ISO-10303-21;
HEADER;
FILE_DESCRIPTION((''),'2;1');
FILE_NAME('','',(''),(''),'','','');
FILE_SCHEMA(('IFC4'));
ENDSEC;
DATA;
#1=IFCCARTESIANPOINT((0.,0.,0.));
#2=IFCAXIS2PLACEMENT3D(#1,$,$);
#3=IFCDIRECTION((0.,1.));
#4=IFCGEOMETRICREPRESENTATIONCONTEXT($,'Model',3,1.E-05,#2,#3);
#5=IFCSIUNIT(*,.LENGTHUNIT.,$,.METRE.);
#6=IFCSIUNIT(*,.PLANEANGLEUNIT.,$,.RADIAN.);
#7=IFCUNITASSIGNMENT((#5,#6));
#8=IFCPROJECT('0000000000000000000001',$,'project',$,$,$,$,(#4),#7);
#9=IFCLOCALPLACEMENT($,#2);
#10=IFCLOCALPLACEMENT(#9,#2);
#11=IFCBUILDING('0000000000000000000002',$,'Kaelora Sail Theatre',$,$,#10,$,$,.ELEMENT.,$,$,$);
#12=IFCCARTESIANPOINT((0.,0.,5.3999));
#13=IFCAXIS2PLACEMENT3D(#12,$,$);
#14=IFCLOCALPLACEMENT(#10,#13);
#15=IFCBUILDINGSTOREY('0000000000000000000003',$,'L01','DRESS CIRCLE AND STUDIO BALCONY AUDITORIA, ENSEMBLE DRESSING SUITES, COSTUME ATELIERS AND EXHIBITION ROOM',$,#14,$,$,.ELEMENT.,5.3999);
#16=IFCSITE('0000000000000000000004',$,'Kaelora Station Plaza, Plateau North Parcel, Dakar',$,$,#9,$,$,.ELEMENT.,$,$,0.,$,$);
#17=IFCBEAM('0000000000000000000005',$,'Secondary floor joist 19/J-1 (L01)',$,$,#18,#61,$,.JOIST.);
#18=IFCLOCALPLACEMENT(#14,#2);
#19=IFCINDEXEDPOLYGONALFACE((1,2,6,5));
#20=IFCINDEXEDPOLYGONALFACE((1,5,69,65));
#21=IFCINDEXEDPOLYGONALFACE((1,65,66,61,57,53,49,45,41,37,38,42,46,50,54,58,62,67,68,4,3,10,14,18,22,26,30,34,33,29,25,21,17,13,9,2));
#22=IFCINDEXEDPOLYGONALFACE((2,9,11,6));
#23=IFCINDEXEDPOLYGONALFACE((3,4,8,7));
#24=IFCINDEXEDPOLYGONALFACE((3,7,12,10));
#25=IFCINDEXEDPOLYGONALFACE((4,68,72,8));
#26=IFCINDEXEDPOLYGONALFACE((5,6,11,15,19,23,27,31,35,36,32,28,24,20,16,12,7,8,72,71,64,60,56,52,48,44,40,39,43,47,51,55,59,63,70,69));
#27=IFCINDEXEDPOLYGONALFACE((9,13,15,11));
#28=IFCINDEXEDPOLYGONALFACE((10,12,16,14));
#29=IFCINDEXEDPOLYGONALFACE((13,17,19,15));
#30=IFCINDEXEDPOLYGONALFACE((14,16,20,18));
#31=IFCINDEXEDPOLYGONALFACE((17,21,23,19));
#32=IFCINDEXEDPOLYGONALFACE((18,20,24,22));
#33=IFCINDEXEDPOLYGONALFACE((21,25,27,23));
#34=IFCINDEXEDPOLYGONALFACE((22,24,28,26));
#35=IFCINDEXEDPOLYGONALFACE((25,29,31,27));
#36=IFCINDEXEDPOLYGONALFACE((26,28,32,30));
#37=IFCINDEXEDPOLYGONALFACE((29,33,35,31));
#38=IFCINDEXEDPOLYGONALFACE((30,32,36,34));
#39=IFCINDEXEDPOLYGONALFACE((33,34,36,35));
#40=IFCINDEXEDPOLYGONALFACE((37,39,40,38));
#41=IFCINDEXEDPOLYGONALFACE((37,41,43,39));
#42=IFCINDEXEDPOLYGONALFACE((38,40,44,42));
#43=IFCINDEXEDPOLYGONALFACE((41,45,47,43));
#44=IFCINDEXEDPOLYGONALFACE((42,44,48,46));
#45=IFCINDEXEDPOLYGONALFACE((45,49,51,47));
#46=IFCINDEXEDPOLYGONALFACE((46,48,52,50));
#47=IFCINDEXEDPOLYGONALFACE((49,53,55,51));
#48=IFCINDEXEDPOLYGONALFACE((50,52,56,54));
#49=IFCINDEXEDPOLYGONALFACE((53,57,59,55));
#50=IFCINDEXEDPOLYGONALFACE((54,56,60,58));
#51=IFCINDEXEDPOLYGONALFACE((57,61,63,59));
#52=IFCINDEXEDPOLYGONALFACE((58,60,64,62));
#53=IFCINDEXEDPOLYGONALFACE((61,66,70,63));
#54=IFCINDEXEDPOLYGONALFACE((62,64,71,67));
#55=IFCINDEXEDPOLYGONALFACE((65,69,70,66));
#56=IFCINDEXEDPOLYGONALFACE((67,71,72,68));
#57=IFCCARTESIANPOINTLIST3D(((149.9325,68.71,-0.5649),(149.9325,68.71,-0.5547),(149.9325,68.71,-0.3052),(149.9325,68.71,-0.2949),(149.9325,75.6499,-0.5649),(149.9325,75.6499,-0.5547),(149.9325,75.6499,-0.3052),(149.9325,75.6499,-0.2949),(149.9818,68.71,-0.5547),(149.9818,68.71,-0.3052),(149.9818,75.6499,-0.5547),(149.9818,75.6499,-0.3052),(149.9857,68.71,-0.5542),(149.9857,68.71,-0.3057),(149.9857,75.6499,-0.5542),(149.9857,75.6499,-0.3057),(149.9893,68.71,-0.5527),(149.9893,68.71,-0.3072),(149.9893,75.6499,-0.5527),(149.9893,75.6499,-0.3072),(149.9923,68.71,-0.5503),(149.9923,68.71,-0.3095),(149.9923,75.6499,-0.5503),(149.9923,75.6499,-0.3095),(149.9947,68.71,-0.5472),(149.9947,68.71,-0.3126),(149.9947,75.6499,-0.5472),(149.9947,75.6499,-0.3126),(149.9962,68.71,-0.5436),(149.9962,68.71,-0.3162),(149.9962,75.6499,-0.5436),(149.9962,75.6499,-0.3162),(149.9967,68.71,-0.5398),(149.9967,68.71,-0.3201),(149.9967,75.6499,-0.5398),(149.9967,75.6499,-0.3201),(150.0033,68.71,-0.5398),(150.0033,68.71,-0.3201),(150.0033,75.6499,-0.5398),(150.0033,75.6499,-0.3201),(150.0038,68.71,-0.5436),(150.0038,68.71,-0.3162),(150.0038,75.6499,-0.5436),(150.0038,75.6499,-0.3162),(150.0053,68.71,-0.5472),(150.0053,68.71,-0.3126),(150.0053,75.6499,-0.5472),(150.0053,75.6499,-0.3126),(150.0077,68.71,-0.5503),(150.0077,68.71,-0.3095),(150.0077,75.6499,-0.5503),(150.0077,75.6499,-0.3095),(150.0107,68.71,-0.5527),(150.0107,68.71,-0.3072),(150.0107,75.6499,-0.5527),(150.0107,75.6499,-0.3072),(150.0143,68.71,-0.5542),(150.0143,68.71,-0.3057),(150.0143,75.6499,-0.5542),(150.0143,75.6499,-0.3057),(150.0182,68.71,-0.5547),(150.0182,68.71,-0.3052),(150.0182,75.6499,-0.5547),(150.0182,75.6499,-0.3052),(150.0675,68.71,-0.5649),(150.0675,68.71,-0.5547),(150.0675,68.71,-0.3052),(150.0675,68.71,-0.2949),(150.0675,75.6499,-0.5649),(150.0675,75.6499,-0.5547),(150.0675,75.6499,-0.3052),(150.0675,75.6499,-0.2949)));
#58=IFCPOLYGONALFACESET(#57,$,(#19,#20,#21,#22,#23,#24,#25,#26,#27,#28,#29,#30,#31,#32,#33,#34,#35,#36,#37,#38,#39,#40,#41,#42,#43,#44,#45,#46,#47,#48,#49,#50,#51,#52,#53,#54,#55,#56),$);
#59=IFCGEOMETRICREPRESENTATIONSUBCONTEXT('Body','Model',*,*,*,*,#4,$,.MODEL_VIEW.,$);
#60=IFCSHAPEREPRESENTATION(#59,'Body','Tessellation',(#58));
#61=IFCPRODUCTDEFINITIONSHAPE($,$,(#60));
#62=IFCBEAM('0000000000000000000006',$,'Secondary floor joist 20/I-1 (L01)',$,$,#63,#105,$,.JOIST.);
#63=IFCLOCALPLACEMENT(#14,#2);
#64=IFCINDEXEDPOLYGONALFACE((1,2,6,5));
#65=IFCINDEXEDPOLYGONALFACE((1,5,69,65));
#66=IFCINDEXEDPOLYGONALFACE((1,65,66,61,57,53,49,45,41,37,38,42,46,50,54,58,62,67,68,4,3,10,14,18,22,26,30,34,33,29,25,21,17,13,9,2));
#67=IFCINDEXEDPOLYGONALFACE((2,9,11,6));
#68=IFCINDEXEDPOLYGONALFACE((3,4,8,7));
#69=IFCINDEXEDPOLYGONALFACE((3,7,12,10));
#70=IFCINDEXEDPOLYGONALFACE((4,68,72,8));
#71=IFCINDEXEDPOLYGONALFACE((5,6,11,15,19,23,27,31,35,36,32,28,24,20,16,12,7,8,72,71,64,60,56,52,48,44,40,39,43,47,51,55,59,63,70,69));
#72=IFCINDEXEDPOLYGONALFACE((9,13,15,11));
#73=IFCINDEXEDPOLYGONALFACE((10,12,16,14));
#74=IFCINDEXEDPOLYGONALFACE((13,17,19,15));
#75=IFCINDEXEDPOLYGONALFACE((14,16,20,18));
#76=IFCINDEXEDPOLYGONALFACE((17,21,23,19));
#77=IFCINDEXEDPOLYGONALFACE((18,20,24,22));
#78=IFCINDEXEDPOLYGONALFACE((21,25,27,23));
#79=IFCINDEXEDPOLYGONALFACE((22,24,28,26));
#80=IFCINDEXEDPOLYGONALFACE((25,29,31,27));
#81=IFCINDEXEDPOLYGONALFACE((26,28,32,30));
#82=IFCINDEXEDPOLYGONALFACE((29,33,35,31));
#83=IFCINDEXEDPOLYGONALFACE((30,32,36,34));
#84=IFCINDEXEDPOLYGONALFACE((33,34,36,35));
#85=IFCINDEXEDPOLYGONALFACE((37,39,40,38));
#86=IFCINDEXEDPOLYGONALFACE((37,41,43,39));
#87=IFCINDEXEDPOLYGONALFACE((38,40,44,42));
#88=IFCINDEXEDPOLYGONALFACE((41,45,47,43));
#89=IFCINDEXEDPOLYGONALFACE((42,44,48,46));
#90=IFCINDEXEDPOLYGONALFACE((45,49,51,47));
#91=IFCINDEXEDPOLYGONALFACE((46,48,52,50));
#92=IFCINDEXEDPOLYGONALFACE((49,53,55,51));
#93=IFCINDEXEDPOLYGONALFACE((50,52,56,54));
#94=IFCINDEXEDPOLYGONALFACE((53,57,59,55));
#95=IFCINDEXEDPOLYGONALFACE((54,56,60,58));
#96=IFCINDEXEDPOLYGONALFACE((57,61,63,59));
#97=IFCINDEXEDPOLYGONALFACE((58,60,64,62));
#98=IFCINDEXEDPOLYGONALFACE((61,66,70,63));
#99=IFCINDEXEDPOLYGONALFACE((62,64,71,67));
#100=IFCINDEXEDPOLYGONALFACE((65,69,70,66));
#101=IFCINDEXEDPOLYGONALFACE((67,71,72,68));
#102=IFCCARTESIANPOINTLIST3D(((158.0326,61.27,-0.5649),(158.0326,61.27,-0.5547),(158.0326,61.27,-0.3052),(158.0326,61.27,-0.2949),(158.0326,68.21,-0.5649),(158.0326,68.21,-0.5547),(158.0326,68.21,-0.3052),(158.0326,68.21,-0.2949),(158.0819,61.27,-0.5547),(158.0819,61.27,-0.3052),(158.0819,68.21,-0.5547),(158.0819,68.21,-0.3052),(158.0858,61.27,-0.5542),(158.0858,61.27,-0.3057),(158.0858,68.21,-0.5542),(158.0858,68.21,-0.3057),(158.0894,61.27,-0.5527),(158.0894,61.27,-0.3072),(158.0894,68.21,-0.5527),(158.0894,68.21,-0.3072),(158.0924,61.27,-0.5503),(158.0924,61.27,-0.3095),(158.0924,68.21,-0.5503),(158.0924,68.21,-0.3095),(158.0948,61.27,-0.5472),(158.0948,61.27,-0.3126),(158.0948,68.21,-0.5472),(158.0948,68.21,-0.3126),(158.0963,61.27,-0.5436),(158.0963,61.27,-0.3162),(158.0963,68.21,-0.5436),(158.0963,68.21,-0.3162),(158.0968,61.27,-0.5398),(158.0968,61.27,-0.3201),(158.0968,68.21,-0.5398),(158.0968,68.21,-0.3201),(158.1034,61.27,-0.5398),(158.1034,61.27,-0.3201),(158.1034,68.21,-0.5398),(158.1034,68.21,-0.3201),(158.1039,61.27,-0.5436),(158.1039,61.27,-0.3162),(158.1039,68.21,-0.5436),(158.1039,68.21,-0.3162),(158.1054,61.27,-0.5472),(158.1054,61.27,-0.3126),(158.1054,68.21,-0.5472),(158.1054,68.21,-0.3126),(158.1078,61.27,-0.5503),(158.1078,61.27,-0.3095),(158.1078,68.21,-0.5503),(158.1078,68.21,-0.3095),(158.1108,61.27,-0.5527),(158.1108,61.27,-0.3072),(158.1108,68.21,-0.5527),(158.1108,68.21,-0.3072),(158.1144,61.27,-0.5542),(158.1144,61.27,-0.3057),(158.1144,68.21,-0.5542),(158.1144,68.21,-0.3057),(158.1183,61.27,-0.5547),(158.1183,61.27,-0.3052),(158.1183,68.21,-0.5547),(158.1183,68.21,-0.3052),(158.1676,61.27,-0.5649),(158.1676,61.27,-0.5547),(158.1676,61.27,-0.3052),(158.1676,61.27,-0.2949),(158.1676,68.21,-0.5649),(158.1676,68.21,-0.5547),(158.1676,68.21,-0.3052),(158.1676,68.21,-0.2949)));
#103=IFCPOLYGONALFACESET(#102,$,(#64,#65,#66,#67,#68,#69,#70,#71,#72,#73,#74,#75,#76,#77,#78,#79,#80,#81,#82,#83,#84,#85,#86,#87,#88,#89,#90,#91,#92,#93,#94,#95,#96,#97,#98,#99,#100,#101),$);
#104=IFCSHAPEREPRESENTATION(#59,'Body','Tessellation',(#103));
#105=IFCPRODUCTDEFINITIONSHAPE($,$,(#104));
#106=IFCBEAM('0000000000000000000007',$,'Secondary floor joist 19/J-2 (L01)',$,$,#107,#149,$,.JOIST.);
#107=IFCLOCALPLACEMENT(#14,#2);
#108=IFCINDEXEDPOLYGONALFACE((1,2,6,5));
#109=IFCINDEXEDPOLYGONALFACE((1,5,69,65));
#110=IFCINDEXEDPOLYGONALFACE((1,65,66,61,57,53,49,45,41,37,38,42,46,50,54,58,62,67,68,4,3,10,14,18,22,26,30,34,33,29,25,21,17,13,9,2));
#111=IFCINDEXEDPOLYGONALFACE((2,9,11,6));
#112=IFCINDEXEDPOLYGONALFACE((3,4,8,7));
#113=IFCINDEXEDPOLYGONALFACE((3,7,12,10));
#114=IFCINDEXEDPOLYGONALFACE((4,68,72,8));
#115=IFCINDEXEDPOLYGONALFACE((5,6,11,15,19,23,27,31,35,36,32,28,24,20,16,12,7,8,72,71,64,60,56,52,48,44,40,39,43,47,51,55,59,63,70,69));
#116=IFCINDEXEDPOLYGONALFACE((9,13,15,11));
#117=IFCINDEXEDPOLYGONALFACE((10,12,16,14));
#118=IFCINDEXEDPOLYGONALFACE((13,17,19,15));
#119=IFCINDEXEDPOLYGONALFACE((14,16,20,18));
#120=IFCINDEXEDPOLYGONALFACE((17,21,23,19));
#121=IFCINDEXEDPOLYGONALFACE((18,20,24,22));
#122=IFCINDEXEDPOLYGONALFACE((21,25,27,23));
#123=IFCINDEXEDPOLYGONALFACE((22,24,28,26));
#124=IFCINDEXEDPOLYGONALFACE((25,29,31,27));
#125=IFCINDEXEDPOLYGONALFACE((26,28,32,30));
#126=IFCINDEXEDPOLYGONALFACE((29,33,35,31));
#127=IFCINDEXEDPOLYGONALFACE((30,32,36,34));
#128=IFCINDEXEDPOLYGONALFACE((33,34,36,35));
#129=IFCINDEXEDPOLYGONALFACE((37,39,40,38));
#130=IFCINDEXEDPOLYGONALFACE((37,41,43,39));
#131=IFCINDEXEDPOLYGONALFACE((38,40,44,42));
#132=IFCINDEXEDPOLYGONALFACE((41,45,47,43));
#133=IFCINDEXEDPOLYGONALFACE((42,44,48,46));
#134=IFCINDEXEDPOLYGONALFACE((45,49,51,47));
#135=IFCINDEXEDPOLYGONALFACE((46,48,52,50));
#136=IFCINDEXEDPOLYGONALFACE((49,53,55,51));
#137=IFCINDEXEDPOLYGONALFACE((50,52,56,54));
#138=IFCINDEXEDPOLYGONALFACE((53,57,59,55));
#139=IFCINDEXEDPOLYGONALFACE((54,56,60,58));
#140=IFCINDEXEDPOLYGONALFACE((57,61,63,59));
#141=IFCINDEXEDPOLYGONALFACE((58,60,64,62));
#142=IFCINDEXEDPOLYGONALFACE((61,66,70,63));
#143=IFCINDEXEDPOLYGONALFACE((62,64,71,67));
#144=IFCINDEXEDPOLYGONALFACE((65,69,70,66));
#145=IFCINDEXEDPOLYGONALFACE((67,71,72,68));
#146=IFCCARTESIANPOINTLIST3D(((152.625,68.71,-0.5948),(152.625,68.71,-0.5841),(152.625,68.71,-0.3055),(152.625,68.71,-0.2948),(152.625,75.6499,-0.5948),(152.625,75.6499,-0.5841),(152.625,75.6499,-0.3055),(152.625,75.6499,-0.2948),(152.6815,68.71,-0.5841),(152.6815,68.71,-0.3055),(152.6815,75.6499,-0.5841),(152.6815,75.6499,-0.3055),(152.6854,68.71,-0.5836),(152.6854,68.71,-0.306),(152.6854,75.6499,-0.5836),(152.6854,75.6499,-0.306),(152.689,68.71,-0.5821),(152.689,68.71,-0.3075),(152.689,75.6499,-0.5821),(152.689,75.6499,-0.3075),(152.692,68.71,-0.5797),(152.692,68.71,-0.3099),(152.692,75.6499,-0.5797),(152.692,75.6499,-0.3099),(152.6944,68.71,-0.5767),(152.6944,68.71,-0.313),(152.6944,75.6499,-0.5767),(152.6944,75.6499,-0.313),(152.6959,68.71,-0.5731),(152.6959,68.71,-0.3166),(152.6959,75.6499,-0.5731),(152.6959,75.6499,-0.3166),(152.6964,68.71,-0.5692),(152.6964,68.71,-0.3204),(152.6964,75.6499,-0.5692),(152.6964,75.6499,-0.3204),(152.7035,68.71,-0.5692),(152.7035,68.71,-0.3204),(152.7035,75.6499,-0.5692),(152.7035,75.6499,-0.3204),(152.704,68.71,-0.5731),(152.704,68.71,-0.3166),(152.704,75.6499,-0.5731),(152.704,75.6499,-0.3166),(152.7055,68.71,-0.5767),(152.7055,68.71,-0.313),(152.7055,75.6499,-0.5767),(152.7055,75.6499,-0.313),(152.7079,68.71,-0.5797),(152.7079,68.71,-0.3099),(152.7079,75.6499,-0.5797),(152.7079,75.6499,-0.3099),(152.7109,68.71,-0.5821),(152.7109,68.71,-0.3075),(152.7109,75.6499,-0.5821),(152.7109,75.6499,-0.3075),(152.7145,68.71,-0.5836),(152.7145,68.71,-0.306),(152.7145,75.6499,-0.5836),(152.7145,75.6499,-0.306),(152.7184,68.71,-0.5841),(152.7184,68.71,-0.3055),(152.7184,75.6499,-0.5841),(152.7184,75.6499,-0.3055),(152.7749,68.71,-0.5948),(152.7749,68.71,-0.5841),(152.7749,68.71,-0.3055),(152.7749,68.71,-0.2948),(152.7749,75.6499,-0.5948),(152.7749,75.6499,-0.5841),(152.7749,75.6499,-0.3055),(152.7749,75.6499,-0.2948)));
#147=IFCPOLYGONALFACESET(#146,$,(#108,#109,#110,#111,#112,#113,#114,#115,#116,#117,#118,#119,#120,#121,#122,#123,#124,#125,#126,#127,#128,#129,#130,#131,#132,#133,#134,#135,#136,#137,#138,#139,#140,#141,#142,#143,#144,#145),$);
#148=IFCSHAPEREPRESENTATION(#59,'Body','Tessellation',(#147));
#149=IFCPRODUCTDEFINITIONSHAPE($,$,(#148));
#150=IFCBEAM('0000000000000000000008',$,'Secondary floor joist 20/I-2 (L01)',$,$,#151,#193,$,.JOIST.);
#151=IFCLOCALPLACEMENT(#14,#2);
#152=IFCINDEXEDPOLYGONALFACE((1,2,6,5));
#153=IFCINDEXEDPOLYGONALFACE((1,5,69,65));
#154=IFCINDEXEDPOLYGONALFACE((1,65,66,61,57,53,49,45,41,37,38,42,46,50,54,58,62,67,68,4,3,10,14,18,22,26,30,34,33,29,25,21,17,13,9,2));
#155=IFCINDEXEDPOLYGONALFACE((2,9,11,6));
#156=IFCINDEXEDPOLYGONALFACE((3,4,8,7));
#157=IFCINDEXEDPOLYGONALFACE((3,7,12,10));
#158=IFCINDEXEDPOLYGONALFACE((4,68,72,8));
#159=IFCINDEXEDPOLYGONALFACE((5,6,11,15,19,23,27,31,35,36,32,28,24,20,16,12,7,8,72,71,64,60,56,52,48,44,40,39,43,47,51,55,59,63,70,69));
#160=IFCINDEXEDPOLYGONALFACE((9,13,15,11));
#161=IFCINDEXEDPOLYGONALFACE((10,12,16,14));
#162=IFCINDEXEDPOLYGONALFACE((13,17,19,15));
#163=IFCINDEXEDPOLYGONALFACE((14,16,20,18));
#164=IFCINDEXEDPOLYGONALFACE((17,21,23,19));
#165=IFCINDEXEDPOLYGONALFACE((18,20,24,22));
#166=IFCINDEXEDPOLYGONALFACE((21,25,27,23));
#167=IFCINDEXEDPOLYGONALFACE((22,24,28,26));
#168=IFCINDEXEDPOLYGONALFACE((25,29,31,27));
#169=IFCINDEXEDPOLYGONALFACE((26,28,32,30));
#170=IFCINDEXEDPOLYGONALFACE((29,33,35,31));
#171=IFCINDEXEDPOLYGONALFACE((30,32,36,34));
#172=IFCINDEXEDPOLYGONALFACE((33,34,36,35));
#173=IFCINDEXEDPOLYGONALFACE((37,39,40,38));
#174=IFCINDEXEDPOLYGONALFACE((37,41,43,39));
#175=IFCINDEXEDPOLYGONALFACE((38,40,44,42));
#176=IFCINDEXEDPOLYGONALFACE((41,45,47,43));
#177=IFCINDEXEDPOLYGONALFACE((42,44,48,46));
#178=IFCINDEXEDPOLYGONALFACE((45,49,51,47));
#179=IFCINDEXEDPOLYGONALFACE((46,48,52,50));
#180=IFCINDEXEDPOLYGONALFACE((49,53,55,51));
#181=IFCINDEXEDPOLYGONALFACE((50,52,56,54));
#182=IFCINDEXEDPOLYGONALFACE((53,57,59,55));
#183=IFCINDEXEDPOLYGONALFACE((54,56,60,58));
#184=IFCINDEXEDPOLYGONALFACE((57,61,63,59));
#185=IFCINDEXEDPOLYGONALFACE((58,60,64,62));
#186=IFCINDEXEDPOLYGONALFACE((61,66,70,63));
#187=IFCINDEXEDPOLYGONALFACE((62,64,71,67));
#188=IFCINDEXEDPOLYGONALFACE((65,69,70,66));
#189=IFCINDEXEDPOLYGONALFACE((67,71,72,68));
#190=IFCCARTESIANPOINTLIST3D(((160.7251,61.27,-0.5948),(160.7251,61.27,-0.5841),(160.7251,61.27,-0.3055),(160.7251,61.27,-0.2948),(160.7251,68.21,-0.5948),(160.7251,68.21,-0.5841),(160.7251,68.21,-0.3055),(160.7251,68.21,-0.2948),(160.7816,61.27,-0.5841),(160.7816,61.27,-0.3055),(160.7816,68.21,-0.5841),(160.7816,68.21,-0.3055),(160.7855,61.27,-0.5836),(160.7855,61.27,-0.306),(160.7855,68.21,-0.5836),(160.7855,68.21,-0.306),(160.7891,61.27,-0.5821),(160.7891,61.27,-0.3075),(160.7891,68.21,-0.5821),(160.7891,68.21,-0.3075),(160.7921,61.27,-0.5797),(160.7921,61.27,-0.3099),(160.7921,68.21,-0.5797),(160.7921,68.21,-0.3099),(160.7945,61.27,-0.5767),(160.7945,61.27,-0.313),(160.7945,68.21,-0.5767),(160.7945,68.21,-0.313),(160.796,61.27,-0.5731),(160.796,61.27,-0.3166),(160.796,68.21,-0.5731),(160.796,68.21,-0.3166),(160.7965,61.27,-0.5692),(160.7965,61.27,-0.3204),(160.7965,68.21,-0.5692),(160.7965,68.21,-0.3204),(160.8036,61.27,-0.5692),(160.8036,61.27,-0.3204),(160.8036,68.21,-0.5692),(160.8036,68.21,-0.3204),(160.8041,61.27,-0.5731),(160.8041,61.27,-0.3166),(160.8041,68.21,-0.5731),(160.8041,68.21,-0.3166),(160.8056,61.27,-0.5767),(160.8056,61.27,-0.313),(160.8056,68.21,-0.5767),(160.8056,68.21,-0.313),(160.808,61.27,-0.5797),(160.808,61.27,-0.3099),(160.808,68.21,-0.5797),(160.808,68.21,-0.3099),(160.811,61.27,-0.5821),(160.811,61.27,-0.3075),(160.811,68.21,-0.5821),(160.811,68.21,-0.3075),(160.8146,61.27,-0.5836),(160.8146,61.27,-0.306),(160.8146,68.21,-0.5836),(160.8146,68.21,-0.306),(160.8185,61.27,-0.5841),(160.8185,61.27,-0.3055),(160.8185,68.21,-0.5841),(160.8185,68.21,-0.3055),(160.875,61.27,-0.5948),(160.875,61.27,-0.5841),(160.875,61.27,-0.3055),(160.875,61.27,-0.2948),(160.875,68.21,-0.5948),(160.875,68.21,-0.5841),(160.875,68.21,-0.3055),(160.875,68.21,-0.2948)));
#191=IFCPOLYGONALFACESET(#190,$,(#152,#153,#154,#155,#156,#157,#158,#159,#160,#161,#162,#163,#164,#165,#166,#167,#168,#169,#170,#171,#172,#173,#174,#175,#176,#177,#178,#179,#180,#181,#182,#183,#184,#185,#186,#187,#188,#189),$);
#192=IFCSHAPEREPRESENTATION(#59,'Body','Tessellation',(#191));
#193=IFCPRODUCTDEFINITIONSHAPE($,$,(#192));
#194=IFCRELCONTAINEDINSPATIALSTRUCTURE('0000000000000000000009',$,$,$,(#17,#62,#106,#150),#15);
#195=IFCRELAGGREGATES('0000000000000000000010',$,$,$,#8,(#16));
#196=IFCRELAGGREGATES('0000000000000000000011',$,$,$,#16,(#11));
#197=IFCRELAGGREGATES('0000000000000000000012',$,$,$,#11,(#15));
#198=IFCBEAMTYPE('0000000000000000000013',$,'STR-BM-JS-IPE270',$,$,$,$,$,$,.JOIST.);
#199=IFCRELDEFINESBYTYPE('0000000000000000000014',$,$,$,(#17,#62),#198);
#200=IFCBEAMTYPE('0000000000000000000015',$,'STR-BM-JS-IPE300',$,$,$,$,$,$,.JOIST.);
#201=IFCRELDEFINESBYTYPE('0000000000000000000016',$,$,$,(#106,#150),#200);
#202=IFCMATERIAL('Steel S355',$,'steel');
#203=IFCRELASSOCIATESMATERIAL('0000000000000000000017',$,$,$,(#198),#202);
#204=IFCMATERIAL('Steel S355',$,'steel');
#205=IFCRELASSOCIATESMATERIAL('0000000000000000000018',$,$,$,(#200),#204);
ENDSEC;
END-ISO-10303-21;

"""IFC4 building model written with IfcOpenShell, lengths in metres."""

from ifc_helpers import new_model, si_unit, direction, frame, origin, origin_2d, place, context, subcontext, project, spatial, i_section, extrude, material, material_profile, profile_set, type_object, element, save


model = new_model("IFC4")

# Units and contexts
model_context = context("Model", 3, precision=1e-05, world=origin(), true_north=direction((0.0, 1.0)))
body_context = subcontext(model_context, "Body", "Model", "MODEL_VIEW")
ifc_project = project(units=[si_unit("LENGTHUNIT", "METRE"), si_unit("PLANEANGLEUNIT", "RADIAN")], contexts=[model_context])

# Site, building, storey
site_placement = place(None, origin())
site = spatial("IfcSite", under=ifc_project, at=site_placement, Name="Kaelora Station Plaza, Plateau North Parcel, Dakar", CompositionType="ELEMENT", RefElevation=0.0)
building_placement = place(site_placement, origin())
building = spatial("IfcBuilding", under=site, at=building_placement, Name="Kaelora Sail Theatre", CompositionType="ELEMENT")
storey_placement = place(building_placement, frame((0.0, 0.0, 5.3999)))
storey = spatial("IfcBuildingStorey", under=building, at=storey_placement, Name="L01", Description="DRESS CIRCLE AND STUDIO BALCONY AUDITORIA, ENSEMBLE DRESSING SUITES, COSTUME ATELIERS AND EXHIBITION ROOM", CompositionType="ELEMENT", Elevation=5.3999)

# Beams
ifc_material_1 = material(Name="Steel S355", Category="steel")
ifc_material_profile_1 = material_profile(ifc_material_1, i_section(OverallWidth=0.135, OverallDepth=0.27, WebThickness=0.0066, FlangeThickness=0.0103, FilletRadius=0.0149, at=origin_2d()), Name="IPE 270")
ifc_profile_set_1 = profile_set([ifc_material_profile_1], Name="Steel S355")
beam_type_1 = type_object("IfcBeamType", Name="STR-BM-JS-IPE270", PredefinedType="JOIST", material=ifc_profile_set_1)
for number, where, z_axis, x_axis, name in (
    (1, (150.0, 68.71, -0.4299), (0.0, 1.0, 0.0), (-1.0, 0.0, 0.0), "Secondary floor joist 19/J-1 (L01)"),
    (2, (158.1001, 61.27, -0.4299), (0.0, 1.0, 0.0), (-1.0, 0.0, 0.0), "Secondary floor joist 20/I-1 (L01)"),
):
    element("IfcBeam", number, at=place(storey_placement, frame(where, z_axis=z_axis, x_axis=x_axis)), inside=storey, type_object=beam_type_1, Name=name, PredefinedType="JOIST", context=body_context, shape_type="SweptSolid", body=[
        extrude(i_section(OverallWidth=0.135, OverallDepth=0.27, WebThickness=0.0066, FlangeThickness=0.0103, FilletRadius=0.0149, at=origin_2d()), origin(), (0.0, 0.0, 1.0), 6.9399),
    ])
ifc_material_2 = material(Name="Steel S355", Category="steel")
ifc_material_profile_2 = material_profile(ifc_material_2, i_section(OverallWidth=0.1499, OverallDepth=0.3, WebThickness=0.0071, FlangeThickness=0.0107, FilletRadius=0.0149, at=origin_2d()), Name="IPE 300")
ifc_profile_set_2 = profile_set([ifc_material_profile_2], Name="Steel S355")
beam_type_2 = type_object("IfcBeamType", Name="STR-BM-JS-IPE300", PredefinedType="JOIST", material=ifc_profile_set_2)
for number, where, z_axis, x_axis, name in (
    (3, (152.7, 68.71, -0.4448), (0.0, 1.0, 0.0), (-1.0, 0.0, 0.0), "Secondary floor joist 19/J-2 (L01)"),
    (4, (160.8, 61.27, -0.4448), (0.0, 1.0, 0.0), (-1.0, 0.0, 0.0), "Secondary floor joist 20/I-2 (L01)"),
):
    element("IfcBeam", number, at=place(storey_placement, frame(where, z_axis=z_axis, x_axis=x_axis)), inside=storey, type_object=beam_type_2, Name=name, PredefinedType="JOIST", context=body_context, shape_type="SweptSolid", body=[
        extrude(i_section(OverallWidth=0.1499, OverallDepth=0.3, WebThickness=0.0071, FlangeThickness=0.0107, FilletRadius=0.0149, at=origin_2d()), origin(), (0.0, 0.0, 1.0), 6.9399),
    ])

save(model, "model.ifc")
